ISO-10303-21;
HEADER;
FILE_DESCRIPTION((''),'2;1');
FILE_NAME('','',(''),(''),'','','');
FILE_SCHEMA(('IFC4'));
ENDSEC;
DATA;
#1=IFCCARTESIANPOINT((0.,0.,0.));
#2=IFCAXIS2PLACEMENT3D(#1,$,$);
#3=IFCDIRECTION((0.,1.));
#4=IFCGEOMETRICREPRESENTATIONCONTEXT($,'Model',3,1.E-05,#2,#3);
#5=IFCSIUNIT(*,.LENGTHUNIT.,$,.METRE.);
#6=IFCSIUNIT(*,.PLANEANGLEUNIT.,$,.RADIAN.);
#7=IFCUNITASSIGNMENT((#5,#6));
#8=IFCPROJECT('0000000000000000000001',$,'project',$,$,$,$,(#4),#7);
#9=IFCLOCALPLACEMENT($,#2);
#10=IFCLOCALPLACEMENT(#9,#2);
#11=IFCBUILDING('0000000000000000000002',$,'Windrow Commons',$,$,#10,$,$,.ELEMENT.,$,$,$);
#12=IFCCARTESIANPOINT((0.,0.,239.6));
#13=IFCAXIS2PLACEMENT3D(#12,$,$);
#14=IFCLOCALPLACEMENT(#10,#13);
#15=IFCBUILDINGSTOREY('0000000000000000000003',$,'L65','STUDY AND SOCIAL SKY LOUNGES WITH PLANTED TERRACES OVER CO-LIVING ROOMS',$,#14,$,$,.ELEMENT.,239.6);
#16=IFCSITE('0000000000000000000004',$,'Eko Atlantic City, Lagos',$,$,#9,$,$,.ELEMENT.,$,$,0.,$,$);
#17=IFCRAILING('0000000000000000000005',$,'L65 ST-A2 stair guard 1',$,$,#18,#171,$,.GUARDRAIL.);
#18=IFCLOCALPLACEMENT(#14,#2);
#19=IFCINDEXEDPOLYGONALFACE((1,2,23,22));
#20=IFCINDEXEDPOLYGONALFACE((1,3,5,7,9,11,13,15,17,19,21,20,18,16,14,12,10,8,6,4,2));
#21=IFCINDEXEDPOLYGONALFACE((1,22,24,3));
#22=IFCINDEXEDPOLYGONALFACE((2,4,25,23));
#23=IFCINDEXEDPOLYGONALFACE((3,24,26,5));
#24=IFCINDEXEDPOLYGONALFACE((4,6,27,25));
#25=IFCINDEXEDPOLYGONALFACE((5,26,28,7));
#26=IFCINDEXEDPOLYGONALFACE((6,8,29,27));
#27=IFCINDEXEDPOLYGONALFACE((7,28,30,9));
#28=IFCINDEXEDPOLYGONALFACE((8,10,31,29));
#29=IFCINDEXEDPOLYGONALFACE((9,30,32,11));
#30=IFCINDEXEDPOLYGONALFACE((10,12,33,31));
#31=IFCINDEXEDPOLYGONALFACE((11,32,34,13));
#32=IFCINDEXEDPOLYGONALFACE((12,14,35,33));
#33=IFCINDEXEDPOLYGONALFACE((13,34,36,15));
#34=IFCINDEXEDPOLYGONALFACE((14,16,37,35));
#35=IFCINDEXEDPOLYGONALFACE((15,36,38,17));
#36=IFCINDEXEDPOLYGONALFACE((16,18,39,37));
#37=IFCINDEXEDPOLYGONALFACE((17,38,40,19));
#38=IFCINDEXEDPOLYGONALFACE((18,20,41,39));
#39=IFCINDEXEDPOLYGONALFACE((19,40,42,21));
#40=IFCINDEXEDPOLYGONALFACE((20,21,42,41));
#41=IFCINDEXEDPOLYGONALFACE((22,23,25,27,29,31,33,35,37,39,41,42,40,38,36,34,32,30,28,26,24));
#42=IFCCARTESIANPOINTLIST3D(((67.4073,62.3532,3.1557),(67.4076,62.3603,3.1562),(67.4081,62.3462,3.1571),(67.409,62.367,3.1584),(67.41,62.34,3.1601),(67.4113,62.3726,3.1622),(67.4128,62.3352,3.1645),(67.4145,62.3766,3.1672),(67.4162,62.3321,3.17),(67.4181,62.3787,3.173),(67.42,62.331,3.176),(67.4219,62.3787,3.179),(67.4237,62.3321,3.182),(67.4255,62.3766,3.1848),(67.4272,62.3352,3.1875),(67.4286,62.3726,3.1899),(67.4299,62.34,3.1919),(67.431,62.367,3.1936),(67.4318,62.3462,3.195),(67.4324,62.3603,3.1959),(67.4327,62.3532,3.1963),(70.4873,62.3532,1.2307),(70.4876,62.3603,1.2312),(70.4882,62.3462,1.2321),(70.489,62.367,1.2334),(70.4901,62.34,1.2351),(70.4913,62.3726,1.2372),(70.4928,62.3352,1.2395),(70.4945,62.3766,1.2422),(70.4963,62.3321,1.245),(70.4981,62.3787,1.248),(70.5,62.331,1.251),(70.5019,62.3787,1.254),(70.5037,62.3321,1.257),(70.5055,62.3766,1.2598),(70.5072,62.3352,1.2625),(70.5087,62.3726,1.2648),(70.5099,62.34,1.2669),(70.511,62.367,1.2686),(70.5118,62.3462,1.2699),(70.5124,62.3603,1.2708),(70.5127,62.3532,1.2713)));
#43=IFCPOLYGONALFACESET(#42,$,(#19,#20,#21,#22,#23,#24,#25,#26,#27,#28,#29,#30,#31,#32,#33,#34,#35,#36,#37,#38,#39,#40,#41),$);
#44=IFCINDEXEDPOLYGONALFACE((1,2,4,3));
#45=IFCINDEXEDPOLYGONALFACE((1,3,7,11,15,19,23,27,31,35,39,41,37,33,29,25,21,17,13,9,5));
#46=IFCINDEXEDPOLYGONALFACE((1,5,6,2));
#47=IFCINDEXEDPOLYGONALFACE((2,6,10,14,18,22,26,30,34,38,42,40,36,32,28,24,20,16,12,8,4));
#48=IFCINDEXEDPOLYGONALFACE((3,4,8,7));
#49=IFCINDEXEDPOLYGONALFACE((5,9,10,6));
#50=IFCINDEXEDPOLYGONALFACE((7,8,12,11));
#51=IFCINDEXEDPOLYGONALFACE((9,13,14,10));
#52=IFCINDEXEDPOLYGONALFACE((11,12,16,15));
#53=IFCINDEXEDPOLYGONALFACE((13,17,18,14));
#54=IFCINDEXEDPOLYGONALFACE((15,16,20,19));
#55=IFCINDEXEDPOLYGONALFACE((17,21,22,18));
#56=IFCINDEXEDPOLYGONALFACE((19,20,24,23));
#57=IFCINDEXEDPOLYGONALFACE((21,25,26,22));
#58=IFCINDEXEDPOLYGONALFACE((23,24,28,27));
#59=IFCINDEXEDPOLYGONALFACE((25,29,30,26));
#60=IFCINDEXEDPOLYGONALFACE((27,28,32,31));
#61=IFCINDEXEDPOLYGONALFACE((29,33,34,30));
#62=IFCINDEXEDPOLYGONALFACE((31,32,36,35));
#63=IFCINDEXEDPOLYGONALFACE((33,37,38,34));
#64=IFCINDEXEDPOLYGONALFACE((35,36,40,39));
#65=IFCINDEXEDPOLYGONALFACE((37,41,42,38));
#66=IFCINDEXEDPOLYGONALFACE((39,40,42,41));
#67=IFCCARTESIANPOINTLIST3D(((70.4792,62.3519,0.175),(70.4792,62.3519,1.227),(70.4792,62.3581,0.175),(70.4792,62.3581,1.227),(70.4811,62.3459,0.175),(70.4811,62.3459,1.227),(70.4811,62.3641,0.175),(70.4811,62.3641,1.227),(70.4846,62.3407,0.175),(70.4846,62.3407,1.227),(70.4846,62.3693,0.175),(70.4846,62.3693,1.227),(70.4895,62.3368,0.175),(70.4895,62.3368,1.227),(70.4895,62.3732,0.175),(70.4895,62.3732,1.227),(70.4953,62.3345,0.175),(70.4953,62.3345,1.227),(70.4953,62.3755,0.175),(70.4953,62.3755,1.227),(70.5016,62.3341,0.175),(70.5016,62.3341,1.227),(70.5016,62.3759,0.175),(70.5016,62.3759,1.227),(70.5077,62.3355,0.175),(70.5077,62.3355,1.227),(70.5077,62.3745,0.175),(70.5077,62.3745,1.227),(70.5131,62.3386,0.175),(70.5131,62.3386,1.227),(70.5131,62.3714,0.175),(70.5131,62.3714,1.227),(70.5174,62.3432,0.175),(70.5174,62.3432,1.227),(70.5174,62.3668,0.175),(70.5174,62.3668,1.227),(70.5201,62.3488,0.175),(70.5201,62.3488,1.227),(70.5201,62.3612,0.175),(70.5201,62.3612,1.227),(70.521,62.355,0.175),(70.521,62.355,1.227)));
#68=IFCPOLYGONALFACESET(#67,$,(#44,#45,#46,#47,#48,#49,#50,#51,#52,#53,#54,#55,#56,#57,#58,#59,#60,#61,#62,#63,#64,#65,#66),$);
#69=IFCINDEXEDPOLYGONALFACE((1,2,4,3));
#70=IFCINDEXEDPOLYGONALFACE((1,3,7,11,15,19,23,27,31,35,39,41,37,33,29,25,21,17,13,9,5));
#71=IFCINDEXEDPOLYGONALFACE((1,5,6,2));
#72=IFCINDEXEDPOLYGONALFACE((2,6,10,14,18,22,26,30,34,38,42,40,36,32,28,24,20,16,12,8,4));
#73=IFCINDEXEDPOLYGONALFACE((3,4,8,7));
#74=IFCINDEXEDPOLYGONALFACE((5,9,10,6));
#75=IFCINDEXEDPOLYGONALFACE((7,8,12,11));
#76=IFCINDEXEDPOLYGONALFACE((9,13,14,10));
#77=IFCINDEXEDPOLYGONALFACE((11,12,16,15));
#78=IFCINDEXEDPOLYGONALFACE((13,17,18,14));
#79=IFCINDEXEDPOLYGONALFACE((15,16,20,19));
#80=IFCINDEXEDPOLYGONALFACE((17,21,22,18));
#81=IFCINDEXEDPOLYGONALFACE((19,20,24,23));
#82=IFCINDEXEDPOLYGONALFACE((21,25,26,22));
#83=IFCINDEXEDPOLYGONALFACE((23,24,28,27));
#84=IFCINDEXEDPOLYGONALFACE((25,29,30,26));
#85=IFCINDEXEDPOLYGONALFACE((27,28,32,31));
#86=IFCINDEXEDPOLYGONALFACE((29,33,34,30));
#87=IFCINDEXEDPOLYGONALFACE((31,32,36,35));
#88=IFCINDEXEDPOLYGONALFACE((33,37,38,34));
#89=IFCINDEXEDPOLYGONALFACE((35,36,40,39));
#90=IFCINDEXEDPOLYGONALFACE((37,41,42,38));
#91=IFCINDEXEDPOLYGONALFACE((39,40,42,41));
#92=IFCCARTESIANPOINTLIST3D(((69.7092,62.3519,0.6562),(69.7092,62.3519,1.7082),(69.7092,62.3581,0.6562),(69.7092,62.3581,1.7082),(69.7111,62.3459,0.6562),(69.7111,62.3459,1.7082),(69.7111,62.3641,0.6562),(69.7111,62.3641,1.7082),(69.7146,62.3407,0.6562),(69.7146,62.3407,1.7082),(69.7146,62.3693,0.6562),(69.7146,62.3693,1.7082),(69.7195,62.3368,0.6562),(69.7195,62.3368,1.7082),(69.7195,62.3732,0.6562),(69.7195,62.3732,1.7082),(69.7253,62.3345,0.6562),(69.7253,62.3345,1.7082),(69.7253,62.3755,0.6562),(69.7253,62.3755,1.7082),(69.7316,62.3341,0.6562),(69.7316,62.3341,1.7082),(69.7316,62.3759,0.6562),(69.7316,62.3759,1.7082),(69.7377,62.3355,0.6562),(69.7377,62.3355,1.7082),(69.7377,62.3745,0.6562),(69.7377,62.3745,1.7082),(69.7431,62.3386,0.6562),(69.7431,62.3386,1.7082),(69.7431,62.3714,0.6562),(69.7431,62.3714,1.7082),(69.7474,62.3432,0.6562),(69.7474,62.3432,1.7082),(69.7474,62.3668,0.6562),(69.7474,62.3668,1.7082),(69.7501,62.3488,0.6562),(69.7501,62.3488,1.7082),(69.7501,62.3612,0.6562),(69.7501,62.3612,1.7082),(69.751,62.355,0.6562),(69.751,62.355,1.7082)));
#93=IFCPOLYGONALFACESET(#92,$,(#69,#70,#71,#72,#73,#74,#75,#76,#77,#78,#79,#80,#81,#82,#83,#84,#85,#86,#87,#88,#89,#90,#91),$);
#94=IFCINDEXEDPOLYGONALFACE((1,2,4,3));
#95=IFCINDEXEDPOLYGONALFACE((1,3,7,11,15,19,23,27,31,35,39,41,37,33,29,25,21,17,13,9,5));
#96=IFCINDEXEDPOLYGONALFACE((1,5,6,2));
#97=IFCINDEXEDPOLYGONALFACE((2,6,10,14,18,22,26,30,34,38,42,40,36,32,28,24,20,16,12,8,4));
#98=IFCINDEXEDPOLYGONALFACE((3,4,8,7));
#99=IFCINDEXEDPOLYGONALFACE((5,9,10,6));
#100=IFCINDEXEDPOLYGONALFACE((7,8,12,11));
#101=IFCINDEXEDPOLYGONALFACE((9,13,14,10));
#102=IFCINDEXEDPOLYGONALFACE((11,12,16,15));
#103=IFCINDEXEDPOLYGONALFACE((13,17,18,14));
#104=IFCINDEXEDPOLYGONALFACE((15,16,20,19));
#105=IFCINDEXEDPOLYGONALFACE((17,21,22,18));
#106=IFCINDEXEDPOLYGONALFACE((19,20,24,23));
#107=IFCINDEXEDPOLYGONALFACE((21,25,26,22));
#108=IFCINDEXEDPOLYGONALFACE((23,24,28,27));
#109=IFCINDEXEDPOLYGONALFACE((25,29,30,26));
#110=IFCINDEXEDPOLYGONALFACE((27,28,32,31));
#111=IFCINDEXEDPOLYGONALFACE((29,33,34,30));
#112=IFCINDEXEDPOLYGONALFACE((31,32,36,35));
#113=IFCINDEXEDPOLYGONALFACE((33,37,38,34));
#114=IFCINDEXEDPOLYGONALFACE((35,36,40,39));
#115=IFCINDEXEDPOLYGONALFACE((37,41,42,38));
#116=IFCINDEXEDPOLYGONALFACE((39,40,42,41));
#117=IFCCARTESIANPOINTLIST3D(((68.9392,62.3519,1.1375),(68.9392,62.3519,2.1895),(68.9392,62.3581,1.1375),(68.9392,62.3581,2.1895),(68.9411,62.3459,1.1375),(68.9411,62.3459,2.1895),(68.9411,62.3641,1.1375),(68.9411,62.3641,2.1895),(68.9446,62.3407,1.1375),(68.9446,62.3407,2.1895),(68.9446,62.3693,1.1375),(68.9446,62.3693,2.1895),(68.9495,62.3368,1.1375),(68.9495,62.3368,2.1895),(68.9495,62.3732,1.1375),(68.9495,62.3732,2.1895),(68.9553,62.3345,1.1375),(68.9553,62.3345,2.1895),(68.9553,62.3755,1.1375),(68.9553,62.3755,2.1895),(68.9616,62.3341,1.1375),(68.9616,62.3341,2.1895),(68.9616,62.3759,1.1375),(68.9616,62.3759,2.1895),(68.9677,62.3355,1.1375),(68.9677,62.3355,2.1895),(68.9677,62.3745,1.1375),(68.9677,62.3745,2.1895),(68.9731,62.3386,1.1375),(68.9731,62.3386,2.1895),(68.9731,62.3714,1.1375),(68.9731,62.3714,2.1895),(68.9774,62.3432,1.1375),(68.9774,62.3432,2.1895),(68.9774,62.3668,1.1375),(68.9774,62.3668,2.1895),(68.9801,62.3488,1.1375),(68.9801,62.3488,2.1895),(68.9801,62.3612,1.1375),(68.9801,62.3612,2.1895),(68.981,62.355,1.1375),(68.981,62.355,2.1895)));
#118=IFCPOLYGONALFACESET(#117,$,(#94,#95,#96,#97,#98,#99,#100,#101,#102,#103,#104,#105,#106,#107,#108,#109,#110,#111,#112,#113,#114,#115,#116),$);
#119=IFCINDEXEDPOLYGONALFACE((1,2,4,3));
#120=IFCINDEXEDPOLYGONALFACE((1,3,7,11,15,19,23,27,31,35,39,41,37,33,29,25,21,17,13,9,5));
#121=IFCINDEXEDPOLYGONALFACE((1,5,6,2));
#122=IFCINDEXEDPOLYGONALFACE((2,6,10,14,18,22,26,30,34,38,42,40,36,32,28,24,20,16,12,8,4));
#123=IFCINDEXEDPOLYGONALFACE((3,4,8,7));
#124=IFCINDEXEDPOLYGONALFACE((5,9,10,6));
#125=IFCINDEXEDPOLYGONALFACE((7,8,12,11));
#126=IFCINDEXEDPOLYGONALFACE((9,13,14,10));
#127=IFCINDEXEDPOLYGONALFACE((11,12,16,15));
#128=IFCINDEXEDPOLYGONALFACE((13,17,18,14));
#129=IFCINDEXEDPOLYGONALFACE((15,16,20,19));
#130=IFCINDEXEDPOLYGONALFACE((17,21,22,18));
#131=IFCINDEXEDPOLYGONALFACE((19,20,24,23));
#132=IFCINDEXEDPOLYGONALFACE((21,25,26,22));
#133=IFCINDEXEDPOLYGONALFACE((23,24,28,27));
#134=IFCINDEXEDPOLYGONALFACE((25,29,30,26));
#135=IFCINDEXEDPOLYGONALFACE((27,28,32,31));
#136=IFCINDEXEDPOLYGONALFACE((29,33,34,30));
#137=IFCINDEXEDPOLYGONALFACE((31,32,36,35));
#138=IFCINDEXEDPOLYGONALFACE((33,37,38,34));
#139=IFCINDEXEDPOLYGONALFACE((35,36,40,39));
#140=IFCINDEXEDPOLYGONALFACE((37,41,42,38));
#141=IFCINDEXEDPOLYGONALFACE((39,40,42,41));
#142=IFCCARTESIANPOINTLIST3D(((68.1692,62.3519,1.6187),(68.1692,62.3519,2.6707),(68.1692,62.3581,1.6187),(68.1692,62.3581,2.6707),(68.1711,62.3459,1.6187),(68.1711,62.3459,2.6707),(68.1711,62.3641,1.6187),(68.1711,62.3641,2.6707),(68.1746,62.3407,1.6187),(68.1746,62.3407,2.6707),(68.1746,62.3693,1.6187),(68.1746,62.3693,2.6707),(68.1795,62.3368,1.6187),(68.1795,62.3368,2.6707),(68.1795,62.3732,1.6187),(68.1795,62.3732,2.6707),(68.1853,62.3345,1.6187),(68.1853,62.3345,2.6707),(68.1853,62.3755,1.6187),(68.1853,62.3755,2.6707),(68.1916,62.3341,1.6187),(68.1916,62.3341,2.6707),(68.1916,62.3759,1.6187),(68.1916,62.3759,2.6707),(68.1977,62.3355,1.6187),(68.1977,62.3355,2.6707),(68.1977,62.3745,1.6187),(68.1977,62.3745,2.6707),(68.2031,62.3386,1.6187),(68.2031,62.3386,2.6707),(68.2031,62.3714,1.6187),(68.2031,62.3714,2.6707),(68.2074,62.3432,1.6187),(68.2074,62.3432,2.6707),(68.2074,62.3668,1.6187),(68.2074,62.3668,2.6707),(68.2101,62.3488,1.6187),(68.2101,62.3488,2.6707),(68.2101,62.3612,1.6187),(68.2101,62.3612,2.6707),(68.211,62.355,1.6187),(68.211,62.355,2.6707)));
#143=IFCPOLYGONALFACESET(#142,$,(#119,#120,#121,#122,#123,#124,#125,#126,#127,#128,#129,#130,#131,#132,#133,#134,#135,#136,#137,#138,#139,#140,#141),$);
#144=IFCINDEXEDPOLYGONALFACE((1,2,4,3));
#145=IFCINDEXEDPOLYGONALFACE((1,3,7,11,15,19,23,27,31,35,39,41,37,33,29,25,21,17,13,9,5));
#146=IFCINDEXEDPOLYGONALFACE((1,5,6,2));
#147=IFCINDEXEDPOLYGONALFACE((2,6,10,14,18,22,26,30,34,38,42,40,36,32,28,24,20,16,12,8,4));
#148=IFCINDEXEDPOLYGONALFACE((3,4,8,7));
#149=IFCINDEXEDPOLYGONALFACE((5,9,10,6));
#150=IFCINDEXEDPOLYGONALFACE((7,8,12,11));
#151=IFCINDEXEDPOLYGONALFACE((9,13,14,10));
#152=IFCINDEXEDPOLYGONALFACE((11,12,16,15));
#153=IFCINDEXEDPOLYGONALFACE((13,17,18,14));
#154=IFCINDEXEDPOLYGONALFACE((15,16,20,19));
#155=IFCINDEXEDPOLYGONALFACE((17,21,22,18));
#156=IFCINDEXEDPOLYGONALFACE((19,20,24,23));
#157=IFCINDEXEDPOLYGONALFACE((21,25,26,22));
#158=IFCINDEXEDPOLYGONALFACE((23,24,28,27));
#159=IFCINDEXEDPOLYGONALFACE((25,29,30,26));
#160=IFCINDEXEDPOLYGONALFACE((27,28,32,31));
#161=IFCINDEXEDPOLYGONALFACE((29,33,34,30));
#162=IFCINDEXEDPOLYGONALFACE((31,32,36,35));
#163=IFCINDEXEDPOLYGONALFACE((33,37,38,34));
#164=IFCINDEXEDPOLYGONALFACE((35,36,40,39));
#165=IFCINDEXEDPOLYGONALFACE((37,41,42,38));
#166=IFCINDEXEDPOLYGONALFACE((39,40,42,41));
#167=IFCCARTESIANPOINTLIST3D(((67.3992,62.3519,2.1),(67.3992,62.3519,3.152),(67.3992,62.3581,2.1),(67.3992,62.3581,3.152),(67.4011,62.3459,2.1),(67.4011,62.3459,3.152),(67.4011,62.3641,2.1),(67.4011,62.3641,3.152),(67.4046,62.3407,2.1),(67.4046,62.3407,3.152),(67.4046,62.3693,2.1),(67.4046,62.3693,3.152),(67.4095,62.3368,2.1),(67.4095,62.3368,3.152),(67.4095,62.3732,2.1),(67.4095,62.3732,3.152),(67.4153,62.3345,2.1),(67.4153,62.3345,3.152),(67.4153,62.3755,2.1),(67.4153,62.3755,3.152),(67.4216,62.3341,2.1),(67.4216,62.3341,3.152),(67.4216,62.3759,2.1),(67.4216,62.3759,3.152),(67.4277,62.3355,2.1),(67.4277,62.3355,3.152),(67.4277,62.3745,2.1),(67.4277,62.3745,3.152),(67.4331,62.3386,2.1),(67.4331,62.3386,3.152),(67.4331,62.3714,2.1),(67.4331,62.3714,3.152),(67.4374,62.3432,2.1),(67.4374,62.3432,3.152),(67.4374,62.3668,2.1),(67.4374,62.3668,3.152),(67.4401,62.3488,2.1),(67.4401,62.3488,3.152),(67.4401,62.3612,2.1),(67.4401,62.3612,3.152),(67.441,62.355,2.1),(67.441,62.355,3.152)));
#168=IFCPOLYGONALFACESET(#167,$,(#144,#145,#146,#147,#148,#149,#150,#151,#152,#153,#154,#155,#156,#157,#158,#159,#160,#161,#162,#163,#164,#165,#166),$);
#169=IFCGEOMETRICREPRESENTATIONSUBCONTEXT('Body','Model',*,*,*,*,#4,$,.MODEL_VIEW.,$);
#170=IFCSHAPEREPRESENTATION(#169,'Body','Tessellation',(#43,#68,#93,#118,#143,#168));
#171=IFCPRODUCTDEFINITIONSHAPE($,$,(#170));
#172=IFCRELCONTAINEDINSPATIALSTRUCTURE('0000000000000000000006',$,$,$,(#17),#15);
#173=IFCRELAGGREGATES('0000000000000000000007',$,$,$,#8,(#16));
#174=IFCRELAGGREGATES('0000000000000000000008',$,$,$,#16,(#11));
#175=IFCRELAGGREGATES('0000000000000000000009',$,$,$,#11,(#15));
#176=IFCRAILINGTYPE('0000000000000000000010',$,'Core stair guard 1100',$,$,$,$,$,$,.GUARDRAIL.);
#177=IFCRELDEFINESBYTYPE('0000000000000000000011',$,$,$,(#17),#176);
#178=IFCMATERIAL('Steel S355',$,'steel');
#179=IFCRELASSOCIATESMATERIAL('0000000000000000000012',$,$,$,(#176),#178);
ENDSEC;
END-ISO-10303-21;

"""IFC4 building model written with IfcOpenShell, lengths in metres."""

from ifc_helpers import new_model, si_unit, direction, frame, origin, origin_2d, place, context, subcontext, project, spatial, circle, extrude, material, type_object, element, save


model = new_model("IFC4")

# Units and contexts
model_context = context("Model", 3, precision=1e-05, world=origin(), true_north=direction((0.0, 1.0)))
body_context = subcontext(model_context, "Body", "Model", "MODEL_VIEW")
ifc_project = project(units=[si_unit("LENGTHUNIT", "METRE"), si_unit("PLANEANGLEUNIT", "RADIAN")], contexts=[model_context])

# Site, building, storey
site_placement = place(None, origin())
site = spatial("IfcSite", under=ifc_project, at=site_placement, Name="Eko Atlantic City, Lagos", CompositionType="ELEMENT", RefElevation=0.0)
building_placement = place(site_placement, origin())
building = spatial("IfcBuilding", under=site, at=building_placement, Name="Windrow Commons", CompositionType="ELEMENT")
storey_placement = place(building_placement, frame((0.0, 0.0, 239.6)))
storey = spatial("IfcBuildingStorey", under=building, at=storey_placement, Name="L65", Description="STUDY AND SOCIAL SKY LOUNGES WITH PLANTED TERRACES OVER CO-LIVING ROOMS", CompositionType="ELEMENT", Elevation=239.6)

# Railing
ifc_material_1 = material(Name="Steel S355", Category="steel")
railing_type_1 = type_object("IfcRailingType", Name="Core stair guard 1100", PredefinedType="GUARDRAIL", material=ifc_material_1)
railing_1_placement = place(storey_placement, frame((70.5, 62.355, 0.175)))
element("IfcRailing", 1, at=railing_1_placement, inside=storey, type_object=railing_type_1, Name="L65 ST-A2 stair guard 1", PredefinedType="GUARDRAIL", context=body_context, shape_type="SweptSolid", body=[
    extrude(circle(Radius=0.024, at=origin_2d()), frame((0.0, 0.0, 1.076), z_axis=(-0.847998, 0.0, 0.529999), x_axis=(0.0, -1.0, 0.0)), (0.0, 0.0, 1.0), 3.6321),
    extrude(circle(Radius=0.021, at=origin_2d()), origin(), (0.0, 0.0, 1.0), 1.052),
    extrude(circle(Radius=0.021, at=origin_2d()), frame((-0.77, 0.0, 0.4812)), (0.0, 0.0, 1.0), 1.052),
    extrude(circle(Radius=0.021, at=origin_2d()), frame((-1.54, 0.0, 0.9625)), (0.0, 0.0, 1.0), 1.052),
    extrude(circle(Radius=0.021, at=origin_2d()), frame((-2.31, 0.0, 1.4437)), (0.0, 0.0, 1.0), 1.052),
    extrude(circle(Radius=0.021, at=origin_2d()), frame((-3.08, 0.0, 1.925)), (0.0, 0.0, 1.0), 1.052),
])

save(model, "model.ifc")
